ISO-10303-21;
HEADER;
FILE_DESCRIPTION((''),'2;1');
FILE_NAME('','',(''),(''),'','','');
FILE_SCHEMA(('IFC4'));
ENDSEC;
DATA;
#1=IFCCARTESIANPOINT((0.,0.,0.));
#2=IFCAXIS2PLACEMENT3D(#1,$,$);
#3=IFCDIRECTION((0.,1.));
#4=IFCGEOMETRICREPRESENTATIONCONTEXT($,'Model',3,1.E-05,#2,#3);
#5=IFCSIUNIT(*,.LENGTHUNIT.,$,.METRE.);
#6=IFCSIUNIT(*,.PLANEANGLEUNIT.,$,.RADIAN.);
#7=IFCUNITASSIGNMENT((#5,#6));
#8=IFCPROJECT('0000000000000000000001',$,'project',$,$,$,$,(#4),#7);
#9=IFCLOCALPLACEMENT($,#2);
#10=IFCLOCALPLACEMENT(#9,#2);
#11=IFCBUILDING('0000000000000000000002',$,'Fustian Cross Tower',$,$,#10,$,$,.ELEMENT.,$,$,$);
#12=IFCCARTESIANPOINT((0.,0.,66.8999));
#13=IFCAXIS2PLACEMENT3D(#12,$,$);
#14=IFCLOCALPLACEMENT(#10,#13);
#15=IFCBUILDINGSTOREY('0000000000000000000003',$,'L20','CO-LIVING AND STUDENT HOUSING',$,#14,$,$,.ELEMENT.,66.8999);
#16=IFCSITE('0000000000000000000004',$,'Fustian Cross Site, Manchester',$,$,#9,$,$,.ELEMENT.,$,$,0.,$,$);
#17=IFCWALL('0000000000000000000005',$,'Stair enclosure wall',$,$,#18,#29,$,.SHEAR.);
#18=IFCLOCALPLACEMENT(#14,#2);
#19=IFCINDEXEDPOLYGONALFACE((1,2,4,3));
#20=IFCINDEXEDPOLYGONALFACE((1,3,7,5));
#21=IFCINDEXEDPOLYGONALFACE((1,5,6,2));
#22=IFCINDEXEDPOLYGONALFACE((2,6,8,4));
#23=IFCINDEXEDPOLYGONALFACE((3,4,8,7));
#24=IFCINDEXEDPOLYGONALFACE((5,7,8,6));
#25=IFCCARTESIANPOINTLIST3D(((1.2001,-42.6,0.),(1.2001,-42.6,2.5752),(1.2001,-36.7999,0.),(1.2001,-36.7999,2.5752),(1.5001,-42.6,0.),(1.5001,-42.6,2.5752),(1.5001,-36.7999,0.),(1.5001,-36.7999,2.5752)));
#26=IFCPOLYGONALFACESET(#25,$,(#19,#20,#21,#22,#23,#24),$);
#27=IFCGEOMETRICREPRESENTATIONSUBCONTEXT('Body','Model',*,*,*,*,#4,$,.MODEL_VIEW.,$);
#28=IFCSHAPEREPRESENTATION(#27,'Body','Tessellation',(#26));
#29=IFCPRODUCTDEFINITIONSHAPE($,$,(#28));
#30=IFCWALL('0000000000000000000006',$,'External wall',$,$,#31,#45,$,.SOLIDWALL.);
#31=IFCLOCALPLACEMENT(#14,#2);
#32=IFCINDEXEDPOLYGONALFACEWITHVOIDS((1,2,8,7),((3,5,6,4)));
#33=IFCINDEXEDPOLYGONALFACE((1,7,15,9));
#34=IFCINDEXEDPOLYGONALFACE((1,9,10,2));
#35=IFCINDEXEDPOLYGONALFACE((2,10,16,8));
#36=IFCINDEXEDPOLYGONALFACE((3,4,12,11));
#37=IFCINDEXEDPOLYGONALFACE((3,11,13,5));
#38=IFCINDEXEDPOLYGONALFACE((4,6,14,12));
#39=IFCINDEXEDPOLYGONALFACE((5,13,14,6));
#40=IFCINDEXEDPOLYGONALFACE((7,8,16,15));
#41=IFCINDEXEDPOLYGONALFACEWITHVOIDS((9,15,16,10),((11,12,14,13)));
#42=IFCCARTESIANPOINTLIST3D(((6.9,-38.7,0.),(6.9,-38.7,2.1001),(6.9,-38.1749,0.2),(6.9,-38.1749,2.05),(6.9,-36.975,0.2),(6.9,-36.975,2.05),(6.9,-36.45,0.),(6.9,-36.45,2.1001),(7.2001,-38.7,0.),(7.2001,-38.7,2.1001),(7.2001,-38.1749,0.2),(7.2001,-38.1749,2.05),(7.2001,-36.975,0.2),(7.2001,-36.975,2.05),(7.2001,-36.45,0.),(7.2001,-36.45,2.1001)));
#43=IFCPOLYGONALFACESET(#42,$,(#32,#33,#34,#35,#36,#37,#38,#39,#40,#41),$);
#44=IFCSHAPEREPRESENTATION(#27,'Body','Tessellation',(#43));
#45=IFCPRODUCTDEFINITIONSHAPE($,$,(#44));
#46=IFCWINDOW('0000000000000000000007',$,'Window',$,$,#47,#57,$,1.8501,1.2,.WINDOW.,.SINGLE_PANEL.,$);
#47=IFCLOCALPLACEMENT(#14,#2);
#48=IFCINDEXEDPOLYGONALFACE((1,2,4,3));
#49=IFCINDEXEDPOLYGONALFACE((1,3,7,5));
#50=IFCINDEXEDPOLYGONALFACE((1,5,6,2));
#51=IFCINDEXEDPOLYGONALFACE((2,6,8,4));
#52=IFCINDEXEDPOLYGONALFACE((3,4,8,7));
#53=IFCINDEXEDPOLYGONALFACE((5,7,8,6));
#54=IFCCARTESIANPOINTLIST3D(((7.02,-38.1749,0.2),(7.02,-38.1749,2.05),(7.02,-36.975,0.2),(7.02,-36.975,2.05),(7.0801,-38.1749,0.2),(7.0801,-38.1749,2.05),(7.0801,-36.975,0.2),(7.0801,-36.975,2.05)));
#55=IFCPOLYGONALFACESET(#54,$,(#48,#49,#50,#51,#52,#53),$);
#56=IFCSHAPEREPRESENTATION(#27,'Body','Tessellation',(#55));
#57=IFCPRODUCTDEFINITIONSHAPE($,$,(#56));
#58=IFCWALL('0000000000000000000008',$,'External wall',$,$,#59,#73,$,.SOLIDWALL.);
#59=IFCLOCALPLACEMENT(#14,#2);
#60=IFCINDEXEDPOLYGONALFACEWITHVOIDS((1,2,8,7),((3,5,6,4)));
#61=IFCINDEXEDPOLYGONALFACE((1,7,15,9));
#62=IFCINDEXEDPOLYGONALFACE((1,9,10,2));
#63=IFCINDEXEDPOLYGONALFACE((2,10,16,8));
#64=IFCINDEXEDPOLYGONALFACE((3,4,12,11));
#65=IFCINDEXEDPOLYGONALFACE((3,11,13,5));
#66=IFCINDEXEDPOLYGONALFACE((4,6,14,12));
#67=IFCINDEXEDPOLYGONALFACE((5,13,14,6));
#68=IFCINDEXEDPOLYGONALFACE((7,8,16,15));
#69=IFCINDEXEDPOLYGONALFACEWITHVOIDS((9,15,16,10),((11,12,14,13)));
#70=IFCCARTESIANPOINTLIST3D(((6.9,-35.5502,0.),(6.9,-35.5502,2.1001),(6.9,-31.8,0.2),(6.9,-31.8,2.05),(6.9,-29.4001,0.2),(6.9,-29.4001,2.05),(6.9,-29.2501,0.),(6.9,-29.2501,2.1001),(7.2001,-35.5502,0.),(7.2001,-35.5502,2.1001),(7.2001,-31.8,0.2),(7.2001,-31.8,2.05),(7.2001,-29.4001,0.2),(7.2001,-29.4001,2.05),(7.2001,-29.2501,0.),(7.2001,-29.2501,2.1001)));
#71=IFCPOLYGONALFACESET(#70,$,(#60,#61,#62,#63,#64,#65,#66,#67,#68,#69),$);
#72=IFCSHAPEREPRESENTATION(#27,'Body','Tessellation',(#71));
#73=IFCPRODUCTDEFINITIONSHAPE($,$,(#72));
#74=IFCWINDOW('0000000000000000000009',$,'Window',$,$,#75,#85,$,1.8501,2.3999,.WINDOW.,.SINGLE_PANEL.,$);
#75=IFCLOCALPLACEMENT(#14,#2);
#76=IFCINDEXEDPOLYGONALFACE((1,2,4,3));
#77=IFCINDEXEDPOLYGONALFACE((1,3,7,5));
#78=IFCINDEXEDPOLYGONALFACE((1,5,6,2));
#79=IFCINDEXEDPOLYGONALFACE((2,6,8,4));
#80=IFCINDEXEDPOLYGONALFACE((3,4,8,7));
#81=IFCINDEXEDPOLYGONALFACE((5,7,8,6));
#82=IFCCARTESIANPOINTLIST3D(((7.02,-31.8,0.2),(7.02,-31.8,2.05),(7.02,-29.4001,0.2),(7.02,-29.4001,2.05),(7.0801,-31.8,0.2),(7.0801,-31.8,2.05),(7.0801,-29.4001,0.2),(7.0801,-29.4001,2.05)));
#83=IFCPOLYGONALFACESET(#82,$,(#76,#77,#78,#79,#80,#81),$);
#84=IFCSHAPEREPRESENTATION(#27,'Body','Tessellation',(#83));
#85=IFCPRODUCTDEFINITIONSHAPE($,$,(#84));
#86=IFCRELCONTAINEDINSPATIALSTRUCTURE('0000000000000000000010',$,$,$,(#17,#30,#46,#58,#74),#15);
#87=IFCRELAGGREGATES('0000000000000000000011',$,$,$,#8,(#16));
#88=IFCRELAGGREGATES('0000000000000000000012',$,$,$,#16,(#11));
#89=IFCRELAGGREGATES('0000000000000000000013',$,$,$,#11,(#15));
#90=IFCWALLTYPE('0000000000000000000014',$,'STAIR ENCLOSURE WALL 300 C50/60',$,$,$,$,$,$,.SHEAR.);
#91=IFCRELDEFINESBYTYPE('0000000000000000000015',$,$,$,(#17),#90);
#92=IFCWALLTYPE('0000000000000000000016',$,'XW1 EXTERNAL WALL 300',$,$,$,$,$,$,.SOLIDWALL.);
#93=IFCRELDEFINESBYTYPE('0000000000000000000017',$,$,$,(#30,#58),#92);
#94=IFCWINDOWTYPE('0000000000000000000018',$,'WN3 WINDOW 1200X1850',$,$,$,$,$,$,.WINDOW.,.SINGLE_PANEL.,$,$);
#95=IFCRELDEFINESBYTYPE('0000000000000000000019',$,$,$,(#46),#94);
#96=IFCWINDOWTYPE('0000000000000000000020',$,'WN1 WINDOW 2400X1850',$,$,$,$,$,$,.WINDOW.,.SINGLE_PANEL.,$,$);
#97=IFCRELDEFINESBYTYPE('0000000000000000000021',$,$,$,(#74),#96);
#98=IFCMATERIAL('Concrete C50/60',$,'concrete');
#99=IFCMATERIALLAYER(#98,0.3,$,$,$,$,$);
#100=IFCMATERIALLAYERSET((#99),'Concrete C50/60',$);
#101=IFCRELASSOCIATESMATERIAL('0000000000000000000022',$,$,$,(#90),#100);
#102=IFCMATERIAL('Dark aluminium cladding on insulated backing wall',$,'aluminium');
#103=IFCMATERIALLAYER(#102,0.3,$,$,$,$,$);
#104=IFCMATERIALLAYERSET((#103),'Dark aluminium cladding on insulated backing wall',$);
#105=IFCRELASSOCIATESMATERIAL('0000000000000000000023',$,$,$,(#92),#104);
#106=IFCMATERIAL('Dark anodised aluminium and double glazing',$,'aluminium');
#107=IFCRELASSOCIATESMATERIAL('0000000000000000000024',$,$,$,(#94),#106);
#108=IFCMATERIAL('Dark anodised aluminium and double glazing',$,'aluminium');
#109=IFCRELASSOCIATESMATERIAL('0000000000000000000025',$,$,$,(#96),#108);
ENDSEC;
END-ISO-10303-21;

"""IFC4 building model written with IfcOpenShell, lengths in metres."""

from ifc_helpers import new_model, si_unit, direction, frame, frame_2d, origin, place, context, subcontext, project, spatial, rectangle, extrude, material, layer, layer_set, type_object, element, fill, save


model = new_model("IFC4")

# Units and contexts
model_context = context("Model", 3, precision=1e-05, world=origin(), true_north=direction((0.0, 1.0)))
body_context = subcontext(model_context, "Body", "Model", "MODEL_VIEW")
ifc_project = project(units=[si_unit("LENGTHUNIT", "METRE"), si_unit("PLANEANGLEUNIT", "RADIAN")], contexts=[model_context])

# Site, building, storey
site_placement = place(None, origin())
site = spatial("IfcSite", under=ifc_project, at=site_placement, Name="Fustian Cross Site, Manchester", CompositionType="ELEMENT", RefElevation=0.0)
building_placement = place(site_placement, origin())
building = spatial("IfcBuilding", under=site, at=building_placement, Name="Fustian Cross Tower", CompositionType="ELEMENT")
storey_placement = place(building_placement, frame((0.0, 0.0, 66.8999)))
storey = spatial("IfcBuildingStorey", under=building, at=storey_placement, Name="L20", Description="CO-LIVING AND STUDENT HOUSING", CompositionType="ELEMENT", Elevation=66.8999)

# Wall
ifc_material_1 = material(Name="Concrete C50/60", Category="concrete")
ifc_layer_1 = layer(ifc_material_1, 0.3)
ifc_layer_set_1 = layer_set([ifc_layer_1], Name="Concrete C50/60")
wall_type_1 = type_object("IfcWallType", Name="STAIR ENCLOSURE WALL 300 C50/60", PredefinedType="SHEAR", material=ifc_layer_set_1)
wall_1_placement = place(storey_placement, frame((1.3501, -36.8, 0.0), z_axis=(0.0, 0.0, 1.0), x_axis=(0.0, -1.0, 0.0)))
element("IfcWall", 1, at=wall_1_placement, inside=storey, type_object=wall_type_1, Name="Stair enclosure wall", PredefinedType="SHEAR", context=body_context, shape_type="SweptSolid", body=[
    extrude(rectangle(XDim=5.8, YDim=0.3, at=frame_2d((2.8999, 0.0))), origin(), (0.0, 0.0, 1.0), 2.5752),
])

# Walls, openings, windows
ifc_material_2 = material(Name="Dark aluminium cladding on insulated backing wall", Category="aluminium")
ifc_layer_2 = layer(ifc_material_2, 0.3)
ifc_layer_set_2 = layer_set([ifc_layer_2], Name="Dark aluminium cladding on insulated backing wall")
wall_type_2 = type_object("IfcWallType", Name="XW1 EXTERNAL WALL 300", PredefinedType="SOLIDWALL", material=ifc_layer_set_2)
wall_2_placement = place(storey_placement, frame((7.05, -38.7, 0.0), z_axis=(0.0, 0.0, 1.0), x_axis=(0.0, 1.0, 0.0)))
wall_2 = element("IfcWall", 2, at=wall_2_placement, inside=storey, type_object=wall_type_2, Name="External wall", PredefinedType="SOLIDWALL", context=body_context, shape_type="SweptSolid", body=[
    extrude(rectangle(XDim=2.25, YDim=0.3, at=frame_2d((1.125, 0.0))), origin(), (0.0, 0.0, 1.0), 2.1001),
])
opening_1_placement = place(wall_2_placement, frame((0.5249, 0.0, 0.2)))
opening_1 = element("IfcOpeningElement", 3, at=opening_1_placement, cuts=wall_2, PredefinedType="OPENING", context=body_context, shape_type="SweptSolid", body=[
    extrude(rectangle(XDim=1.2, YDim=1.8501, at=frame_2d((0.6001, 0.925))), frame((0.0, 0.1599, 0.0), z_axis=(0.0, -1.0, 0.0), x_axis=(1.0, 0.0, 0.0)), (0.0, 0.0, 1.0), 0.3201),
])
ifc_material_3 = material(Name="Dark anodised aluminium and double glazing", Category="aluminium")
window_type_1 = type_object("IfcWindowType", Name="WN3 WINDOW 1200X1850", PartitioningType="SINGLE_PANEL", PredefinedType="WINDOW", material=ifc_material_3)
window_1_placement = place(opening_1_placement, origin())
window_1 = element("IfcWindow", 4, at=window_1_placement, inside=storey, type_object=window_type_1, Name="Window", OverallHeight=1.8501, OverallWidth=1.2, PartitioningType="SINGLE_PANEL", PredefinedType="WINDOW", context=body_context, shape_type="SweptSolid", body=[
    extrude(rectangle(XDim=1.2, YDim=1.8501, at=frame_2d((0.6001, 0.925))), frame((0.0, 0.03, 0.0), z_axis=(0.0, -1.0, 0.0), x_axis=(1.0, 0.0, 0.0)), (0.0, 0.0, 1.0), 0.0601),
])
fill(opening_1, window_1)
wall_3_placement = place(storey_placement, frame((7.05, -35.55, 0.0), z_axis=(0.0, 0.0, 1.0), x_axis=(0.0, 1.0, 0.0)))
wall_3 = element("IfcWall", 5, at=wall_3_placement, inside=storey, type_object=wall_type_2, Name="External wall", PredefinedType="SOLIDWALL", context=body_context, shape_type="SweptSolid", body=[
    extrude(rectangle(XDim=6.3, YDim=0.3, at=frame_2d((3.1499, 0.0))), origin(), (0.0, 0.0, 1.0), 2.1001),
])
opening_2_placement = place(wall_3_placement, frame((3.75, 0.0, 0.2)))
opening_2 = element("IfcOpeningElement", 6, at=opening_2_placement, cuts=wall_3, PredefinedType="OPENING", context=body_context, shape_type="SweptSolid", body=[
    extrude(rectangle(XDim=2.3999, YDim=1.8501, at=frame_2d((1.2, 0.925))), frame((0.0, 0.1599, 0.0), z_axis=(0.0, -1.0, 0.0), x_axis=(1.0, 0.0, 0.0)), (0.0, 0.0, 1.0), 0.3201),
])
ifc_material_4 = material(Name="Dark anodised aluminium and double glazing", Category="aluminium")
window_type_2 = type_object("IfcWindowType", Name="WN1 WINDOW 2400X1850", PartitioningType="SINGLE_PANEL", PredefinedType="WINDOW", material=ifc_material_4)
window_2_placement = place(opening_2_placement, origin())
window_2 = element("IfcWindow", 7, at=window_2_placement, inside=storey, type_object=window_type_2, Name="Window", OverallHeight=1.8501, OverallWidth=2.3999, PartitioningType="SINGLE_PANEL", PredefinedType="WINDOW", context=body_context, shape_type="SweptSolid", body=[
    extrude(rectangle(XDim=2.3999, YDim=1.8501, at=frame_2d((1.2, 0.925))), frame((0.0, 0.03, 0.0), z_axis=(0.0, -1.0, 0.0), x_axis=(1.0, 0.0, 0.0)), (0.0, 0.0, 1.0), 0.0601),
])
fill(opening_2, window_2)

save(model, "model.ifc")
